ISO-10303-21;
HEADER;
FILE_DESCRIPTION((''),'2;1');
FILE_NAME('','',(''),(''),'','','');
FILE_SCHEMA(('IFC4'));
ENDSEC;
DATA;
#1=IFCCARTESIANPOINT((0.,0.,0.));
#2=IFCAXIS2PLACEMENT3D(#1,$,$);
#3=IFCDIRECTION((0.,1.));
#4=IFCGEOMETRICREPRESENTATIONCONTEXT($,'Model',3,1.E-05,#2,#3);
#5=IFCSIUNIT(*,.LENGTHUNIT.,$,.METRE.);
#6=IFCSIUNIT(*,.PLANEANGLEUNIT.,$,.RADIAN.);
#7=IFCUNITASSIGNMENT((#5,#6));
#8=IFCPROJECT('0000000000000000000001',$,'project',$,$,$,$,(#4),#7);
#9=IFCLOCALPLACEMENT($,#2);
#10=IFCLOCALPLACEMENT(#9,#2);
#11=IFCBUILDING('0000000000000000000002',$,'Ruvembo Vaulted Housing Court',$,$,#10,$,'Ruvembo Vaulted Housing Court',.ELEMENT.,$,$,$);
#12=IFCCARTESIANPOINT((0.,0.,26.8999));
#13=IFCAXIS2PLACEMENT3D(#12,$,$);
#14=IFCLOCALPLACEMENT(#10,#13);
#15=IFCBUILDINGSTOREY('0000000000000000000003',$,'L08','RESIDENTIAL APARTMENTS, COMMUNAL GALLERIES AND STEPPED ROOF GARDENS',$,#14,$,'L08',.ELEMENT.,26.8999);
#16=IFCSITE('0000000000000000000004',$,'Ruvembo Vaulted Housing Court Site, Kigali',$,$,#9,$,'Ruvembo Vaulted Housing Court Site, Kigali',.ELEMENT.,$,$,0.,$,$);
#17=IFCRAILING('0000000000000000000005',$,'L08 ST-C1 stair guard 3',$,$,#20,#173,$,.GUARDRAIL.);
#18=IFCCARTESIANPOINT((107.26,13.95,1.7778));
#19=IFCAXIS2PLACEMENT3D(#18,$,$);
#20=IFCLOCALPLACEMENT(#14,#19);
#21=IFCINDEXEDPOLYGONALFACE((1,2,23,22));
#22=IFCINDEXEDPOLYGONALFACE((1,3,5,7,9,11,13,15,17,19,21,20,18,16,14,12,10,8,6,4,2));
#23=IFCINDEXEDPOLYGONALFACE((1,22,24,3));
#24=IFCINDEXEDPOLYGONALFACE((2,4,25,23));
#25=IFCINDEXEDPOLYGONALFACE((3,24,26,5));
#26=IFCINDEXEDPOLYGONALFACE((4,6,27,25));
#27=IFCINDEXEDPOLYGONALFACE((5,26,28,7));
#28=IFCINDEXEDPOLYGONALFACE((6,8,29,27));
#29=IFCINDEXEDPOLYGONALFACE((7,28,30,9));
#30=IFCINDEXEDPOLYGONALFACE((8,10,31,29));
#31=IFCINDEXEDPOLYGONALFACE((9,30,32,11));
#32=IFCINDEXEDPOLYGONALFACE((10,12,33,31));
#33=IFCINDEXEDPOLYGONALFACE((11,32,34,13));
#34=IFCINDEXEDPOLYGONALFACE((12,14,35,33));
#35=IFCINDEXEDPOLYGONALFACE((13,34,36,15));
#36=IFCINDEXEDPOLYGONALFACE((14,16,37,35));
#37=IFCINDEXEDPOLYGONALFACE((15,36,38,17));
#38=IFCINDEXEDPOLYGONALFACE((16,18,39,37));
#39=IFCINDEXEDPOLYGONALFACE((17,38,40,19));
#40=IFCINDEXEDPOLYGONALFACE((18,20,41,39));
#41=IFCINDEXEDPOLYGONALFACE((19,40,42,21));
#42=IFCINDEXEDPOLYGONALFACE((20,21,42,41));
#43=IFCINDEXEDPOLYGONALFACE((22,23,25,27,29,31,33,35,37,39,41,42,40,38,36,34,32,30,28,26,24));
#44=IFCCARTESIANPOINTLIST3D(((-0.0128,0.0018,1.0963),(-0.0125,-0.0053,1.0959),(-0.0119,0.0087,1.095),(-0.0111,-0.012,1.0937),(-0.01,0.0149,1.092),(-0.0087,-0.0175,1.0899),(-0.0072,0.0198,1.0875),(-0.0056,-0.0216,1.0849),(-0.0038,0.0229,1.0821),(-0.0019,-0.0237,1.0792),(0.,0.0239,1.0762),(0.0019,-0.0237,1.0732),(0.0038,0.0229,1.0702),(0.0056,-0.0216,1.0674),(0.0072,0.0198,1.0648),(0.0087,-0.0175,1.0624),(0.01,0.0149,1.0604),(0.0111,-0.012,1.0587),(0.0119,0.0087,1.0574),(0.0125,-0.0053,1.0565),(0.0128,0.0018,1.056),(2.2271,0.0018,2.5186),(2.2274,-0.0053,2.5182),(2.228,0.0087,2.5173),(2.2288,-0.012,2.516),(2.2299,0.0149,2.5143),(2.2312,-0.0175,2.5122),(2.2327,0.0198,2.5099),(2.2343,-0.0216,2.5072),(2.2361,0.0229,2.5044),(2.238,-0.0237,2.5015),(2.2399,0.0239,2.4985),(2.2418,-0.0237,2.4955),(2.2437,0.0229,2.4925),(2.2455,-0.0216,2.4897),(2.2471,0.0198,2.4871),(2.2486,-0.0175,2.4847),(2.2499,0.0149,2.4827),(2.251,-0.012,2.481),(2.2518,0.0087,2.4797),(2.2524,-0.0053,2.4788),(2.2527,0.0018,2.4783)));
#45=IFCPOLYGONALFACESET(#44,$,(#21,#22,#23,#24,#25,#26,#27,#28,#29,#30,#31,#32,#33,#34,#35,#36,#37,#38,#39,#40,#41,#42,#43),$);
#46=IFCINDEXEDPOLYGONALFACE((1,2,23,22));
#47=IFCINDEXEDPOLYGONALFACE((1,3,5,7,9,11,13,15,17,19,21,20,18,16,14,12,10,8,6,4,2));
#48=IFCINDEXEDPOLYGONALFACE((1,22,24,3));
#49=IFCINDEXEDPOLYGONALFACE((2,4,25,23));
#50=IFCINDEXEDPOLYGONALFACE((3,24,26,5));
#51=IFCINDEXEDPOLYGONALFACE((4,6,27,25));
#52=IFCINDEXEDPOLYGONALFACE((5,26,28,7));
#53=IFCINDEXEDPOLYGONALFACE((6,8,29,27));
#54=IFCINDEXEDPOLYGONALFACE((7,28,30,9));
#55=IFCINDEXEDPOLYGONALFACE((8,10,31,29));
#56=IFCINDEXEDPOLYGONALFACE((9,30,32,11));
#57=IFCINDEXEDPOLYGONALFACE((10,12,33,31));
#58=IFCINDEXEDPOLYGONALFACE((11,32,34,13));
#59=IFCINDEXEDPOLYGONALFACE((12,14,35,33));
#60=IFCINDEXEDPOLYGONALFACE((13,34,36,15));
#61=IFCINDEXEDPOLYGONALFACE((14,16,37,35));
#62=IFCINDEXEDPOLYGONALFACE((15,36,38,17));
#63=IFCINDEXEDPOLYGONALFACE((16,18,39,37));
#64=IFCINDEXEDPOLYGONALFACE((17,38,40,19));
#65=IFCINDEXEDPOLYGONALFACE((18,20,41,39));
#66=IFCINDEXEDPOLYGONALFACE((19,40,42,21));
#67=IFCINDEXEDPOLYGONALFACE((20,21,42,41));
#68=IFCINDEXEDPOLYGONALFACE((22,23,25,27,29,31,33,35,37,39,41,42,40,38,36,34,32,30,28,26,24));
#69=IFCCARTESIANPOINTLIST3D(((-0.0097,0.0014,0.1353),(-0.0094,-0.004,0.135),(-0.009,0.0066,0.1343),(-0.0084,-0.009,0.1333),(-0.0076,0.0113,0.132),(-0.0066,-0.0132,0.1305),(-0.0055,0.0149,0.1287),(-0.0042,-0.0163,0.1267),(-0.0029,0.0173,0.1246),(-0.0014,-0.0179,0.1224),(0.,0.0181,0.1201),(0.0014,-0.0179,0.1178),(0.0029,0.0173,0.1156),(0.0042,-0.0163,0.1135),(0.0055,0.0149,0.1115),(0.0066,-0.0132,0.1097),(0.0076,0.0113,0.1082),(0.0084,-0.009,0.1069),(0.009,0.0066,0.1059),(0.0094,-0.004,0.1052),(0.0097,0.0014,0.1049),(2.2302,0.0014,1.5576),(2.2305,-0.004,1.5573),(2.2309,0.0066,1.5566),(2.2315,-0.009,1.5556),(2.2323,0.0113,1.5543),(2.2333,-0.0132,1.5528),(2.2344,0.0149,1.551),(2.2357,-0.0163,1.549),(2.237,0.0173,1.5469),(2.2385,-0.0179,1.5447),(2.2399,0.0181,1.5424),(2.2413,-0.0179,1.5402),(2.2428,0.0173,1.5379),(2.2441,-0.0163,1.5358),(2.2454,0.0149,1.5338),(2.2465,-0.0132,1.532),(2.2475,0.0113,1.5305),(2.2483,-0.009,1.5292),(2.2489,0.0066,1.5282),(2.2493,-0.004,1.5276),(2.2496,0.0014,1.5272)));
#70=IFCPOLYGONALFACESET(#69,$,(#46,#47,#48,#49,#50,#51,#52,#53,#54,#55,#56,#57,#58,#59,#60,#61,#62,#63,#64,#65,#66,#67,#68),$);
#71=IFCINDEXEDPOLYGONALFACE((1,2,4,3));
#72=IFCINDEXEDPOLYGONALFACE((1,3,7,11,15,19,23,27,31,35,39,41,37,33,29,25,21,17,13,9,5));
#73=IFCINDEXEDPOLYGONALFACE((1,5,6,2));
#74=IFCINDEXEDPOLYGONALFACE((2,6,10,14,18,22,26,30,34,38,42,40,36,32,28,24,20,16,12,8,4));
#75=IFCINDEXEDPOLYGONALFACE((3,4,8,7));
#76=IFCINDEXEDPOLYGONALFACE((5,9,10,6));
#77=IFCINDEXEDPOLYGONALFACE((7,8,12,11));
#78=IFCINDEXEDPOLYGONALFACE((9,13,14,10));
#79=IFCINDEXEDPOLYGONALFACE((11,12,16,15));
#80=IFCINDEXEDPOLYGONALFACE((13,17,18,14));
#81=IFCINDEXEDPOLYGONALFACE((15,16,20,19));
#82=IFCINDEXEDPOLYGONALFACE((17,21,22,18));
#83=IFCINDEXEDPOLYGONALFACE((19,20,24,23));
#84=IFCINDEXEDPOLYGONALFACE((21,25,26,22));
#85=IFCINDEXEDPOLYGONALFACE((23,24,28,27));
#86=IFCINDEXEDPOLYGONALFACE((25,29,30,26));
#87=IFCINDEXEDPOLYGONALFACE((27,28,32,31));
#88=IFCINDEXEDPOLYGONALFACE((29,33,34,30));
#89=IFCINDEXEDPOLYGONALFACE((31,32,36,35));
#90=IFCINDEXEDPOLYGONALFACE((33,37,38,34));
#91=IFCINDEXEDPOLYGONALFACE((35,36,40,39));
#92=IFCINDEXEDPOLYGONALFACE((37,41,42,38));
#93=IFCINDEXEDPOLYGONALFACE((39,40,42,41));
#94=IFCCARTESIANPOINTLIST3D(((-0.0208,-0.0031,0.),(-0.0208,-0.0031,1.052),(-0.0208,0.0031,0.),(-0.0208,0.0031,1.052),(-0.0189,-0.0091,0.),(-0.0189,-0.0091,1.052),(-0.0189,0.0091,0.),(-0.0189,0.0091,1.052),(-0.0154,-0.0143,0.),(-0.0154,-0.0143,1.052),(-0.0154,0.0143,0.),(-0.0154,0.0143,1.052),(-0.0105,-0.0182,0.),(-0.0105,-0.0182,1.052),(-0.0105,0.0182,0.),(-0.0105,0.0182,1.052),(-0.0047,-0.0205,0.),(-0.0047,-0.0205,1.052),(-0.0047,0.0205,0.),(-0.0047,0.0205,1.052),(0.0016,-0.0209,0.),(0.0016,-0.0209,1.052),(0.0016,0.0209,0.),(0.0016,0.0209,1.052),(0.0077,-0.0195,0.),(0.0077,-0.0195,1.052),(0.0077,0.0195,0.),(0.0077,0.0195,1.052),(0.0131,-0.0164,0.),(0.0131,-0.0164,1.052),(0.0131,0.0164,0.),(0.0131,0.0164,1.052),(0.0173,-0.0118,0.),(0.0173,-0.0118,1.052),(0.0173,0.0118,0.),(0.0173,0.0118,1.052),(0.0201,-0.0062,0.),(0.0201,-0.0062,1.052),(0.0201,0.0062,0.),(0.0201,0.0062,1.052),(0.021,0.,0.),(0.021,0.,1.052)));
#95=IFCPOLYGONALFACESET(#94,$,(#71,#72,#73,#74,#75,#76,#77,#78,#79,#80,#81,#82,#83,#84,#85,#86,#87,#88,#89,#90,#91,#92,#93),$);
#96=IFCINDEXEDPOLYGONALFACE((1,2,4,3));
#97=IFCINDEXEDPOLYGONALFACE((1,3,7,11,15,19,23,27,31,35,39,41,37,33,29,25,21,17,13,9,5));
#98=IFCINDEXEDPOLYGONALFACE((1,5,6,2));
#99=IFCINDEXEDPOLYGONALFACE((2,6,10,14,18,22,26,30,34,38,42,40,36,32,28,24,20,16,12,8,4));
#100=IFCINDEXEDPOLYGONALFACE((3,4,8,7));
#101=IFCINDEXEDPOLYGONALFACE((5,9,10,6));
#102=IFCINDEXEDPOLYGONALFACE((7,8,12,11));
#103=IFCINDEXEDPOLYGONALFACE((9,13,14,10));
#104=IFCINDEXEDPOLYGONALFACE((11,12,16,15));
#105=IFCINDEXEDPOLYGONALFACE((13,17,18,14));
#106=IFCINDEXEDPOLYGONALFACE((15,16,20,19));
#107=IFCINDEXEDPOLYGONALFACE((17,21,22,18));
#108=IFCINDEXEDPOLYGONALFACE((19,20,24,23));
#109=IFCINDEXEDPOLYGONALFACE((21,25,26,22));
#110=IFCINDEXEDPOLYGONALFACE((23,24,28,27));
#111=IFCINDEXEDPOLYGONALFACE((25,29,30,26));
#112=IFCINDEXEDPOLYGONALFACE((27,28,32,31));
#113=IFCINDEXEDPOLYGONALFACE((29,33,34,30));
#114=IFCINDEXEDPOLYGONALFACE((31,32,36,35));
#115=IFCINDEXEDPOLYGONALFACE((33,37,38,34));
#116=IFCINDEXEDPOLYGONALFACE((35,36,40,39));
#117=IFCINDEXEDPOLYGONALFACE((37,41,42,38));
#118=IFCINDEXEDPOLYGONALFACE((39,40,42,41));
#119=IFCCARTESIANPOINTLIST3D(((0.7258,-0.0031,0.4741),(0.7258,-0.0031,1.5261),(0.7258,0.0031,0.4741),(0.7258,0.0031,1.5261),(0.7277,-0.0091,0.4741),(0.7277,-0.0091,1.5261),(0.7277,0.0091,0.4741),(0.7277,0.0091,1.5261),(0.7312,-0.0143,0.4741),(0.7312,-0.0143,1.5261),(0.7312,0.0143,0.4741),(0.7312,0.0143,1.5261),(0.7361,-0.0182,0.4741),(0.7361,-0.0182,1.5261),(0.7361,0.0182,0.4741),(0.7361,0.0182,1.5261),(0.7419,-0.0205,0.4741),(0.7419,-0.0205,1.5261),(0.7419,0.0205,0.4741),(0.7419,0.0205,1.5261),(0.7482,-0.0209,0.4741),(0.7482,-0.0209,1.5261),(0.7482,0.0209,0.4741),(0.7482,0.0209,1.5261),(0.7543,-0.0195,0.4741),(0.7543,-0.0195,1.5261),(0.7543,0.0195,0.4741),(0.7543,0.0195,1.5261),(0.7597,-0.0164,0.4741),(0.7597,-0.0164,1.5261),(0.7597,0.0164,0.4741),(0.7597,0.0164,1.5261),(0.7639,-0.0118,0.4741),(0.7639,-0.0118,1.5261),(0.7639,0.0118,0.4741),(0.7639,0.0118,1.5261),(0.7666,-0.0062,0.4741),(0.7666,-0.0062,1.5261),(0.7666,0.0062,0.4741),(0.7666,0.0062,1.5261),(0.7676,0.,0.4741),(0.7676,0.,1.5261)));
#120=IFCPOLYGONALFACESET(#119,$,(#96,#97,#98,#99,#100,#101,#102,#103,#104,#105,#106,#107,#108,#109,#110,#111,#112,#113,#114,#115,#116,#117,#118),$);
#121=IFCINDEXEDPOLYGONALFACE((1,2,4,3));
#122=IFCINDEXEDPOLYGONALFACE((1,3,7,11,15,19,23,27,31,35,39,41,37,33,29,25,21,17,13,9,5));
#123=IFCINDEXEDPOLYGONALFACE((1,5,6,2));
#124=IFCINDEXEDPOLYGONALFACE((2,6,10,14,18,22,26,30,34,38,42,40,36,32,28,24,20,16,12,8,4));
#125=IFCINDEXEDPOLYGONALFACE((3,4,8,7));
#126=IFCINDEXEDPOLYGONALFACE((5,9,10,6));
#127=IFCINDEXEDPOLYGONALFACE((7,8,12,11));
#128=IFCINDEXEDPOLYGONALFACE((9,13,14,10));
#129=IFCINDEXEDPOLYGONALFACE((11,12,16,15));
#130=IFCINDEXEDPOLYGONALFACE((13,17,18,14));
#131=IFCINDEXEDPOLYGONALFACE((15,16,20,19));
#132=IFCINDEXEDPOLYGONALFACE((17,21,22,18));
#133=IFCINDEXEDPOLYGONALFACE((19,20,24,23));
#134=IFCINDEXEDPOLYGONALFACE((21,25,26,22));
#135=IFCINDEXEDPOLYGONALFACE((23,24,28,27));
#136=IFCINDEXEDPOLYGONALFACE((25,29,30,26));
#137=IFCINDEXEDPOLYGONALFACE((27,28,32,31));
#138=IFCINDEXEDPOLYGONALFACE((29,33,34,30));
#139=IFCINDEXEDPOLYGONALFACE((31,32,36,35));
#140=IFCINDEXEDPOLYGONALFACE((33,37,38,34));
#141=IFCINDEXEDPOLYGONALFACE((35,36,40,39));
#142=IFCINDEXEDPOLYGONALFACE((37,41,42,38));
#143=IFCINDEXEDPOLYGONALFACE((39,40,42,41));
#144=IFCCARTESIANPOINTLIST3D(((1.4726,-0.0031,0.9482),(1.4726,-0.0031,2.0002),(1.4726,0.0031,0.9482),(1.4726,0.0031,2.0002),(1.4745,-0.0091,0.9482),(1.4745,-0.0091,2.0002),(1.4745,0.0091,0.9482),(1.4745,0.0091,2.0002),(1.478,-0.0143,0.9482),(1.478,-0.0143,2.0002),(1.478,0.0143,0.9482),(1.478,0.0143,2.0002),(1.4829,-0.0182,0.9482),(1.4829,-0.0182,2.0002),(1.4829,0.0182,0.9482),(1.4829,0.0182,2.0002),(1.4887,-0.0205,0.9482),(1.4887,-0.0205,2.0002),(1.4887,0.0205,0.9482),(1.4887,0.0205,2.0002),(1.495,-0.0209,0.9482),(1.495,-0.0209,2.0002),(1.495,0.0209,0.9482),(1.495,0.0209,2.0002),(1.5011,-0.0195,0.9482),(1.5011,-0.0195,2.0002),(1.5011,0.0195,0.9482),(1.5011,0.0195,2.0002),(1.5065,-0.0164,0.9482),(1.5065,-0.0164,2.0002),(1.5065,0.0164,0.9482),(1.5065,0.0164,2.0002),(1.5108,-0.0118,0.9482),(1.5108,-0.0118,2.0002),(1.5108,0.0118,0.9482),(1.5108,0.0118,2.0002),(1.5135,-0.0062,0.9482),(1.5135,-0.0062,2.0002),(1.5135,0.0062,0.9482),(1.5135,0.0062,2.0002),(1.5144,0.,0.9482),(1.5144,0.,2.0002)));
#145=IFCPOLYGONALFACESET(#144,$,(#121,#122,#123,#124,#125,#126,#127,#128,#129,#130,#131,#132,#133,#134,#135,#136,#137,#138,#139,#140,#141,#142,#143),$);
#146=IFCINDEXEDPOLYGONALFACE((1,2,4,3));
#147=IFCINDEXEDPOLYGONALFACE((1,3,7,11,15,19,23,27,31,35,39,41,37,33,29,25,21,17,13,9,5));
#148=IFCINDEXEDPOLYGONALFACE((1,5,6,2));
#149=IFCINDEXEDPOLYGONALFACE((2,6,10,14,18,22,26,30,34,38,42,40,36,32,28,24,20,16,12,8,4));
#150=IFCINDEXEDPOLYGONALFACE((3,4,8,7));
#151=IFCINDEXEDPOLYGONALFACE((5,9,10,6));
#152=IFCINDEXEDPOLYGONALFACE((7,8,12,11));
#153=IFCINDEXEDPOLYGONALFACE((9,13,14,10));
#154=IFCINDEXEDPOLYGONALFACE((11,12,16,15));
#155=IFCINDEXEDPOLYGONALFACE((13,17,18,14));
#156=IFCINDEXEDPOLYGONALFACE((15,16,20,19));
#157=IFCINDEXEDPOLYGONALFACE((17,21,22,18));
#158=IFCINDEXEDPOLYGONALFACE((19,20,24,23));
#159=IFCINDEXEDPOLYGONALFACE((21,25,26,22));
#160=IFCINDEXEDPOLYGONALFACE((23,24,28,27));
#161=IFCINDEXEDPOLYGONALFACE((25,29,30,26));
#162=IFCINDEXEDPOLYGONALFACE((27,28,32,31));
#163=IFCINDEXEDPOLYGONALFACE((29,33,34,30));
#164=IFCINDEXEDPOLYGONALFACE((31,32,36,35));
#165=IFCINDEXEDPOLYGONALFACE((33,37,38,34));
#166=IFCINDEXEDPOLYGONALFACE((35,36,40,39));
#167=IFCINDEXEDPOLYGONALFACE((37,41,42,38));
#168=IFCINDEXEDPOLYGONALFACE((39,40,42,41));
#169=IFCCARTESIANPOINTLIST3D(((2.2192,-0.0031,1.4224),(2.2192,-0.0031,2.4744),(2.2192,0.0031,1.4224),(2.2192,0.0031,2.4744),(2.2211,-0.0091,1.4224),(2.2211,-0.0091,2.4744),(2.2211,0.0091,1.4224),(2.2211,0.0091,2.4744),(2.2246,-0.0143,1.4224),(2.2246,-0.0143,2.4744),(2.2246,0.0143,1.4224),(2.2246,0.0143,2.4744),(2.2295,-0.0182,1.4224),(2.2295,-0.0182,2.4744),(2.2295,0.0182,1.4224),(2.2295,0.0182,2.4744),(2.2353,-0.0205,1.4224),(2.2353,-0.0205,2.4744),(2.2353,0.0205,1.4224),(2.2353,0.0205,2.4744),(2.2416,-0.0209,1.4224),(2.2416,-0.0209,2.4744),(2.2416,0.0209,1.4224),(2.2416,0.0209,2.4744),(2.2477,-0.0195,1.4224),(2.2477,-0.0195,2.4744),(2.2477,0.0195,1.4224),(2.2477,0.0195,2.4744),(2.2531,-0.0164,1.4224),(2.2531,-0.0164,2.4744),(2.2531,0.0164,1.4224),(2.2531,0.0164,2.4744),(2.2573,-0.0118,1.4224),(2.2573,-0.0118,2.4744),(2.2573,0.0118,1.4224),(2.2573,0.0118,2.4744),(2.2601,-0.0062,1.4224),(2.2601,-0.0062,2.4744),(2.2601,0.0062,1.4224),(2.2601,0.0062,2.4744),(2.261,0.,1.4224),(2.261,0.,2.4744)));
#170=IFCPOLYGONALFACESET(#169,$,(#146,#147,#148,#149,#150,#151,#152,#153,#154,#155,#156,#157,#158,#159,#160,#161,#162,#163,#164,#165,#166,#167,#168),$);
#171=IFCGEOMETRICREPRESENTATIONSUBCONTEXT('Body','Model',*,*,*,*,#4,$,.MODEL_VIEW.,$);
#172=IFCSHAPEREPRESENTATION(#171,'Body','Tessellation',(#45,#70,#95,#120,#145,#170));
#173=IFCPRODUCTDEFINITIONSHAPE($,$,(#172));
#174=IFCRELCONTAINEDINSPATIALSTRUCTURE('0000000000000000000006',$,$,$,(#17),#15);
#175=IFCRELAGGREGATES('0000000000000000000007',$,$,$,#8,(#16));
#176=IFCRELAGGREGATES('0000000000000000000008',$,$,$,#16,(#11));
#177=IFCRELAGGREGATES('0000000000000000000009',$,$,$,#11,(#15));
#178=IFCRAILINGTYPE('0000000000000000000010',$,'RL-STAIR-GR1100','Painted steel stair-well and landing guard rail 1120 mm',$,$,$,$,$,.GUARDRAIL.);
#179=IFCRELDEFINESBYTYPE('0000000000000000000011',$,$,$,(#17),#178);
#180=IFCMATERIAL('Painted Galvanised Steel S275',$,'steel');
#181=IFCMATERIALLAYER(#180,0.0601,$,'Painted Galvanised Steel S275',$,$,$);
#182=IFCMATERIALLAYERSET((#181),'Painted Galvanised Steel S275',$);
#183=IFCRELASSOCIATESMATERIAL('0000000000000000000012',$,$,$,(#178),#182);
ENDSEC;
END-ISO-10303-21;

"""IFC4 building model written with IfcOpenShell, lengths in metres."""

from ifc_helpers import new_model, si_unit, direction, frame, origin, origin_2d, place, context, subcontext, project, spatial, circle, extrude, material, layer, layer_set, type_object, element, save


model = new_model("IFC4")

# Units and contexts
model_context = context("Model", 3, precision=1e-05, world=origin(), true_north=direction((0.0, 1.0)))
body_context = subcontext(model_context, "Body", "Model", "MODEL_VIEW")
ifc_project = project(units=[si_unit("LENGTHUNIT", "METRE"), si_unit("PLANEANGLEUNIT", "RADIAN")], contexts=[model_context])

# Site, building, storey
site_placement = place(None, origin())
site = spatial("IfcSite", under=ifc_project, at=site_placement, Name="Ruvembo Vaulted Housing Court Site, Kigali", LongName="Ruvembo Vaulted Housing Court Site, Kigali", CompositionType="ELEMENT", RefElevation=0.0)
building_placement = place(site_placement, origin())
building = spatial("IfcBuilding", under=site, at=building_placement, Name="Ruvembo Vaulted Housing Court", LongName="Ruvembo Vaulted Housing Court", CompositionType="ELEMENT")
storey_placement = place(building_placement, frame((0.0, 0.0, 26.8999)))
storey = spatial("IfcBuildingStorey", under=building, at=storey_placement, Name="L08", Description="RESIDENTIAL APARTMENTS, COMMUNAL GALLERIES AND STEPPED ROOF GARDENS", LongName="L08", CompositionType="ELEMENT", Elevation=26.8999)

# Railing
ifc_material_1 = material(Name="Painted Galvanised Steel S275", Category="steel")
ifc_layer_1 = layer(ifc_material_1, 0.0601, Name="Painted Galvanised Steel S275")
ifc_layer_set_1 = layer_set([ifc_layer_1], Name="Painted Galvanised Steel S275")
railing_type_1 = type_object("IfcRailingType", Name="RL-STAIR-GR1100", Description="Painted steel stair-well and landing guard rail 1120 mm", PredefinedType="GUARDRAIL", material=ifc_layer_set_1)
railing_1_placement = place(storey_placement, frame((107.26, 13.95, 1.7778)))
element("IfcRailing", 1, at=railing_1_placement, inside=storey, type_object=railing_type_1, Name="L08 ST-C1 stair guard 3", PredefinedType="GUARDRAIL", context=body_context, shape_type="SweptSolid", body=[
    extrude(circle(Radius=0.0239, at=origin_2d()), frame((0.0, 0.0, 1.0762), z_axis=(0.844188, 0.0, 0.536048), x_axis=(0.0, 1.0, 0.0)), (0.0, 0.0, 1.0), 2.6533),
    extrude(circle(Radius=0.0181, at=origin_2d()), frame((0.0, 0.0, 0.1201), z_axis=(0.844188, 0.0, 0.536048), x_axis=(0.0, 1.0, 0.0)), (0.0, 0.0, 1.0), 2.6533),
    extrude(circle(Radius=0.021, at=origin_2d()), origin(), (0.0, 0.0, 1.0), 1.052),
    extrude(circle(Radius=0.021, at=origin_2d()), frame((0.7466, 0.0, 0.4741)), (0.0, 0.0, 1.0), 1.052),
    extrude(circle(Radius=0.021, at=origin_2d()), frame((1.4934, 0.0, 0.9482)), (0.0, 0.0, 1.0), 1.052),
    extrude(circle(Radius=0.021, at=origin_2d()), frame((2.24, 0.0, 1.4224)), (0.0, 0.0, 1.0), 1.052),
])

save(model, "model.ifc")
